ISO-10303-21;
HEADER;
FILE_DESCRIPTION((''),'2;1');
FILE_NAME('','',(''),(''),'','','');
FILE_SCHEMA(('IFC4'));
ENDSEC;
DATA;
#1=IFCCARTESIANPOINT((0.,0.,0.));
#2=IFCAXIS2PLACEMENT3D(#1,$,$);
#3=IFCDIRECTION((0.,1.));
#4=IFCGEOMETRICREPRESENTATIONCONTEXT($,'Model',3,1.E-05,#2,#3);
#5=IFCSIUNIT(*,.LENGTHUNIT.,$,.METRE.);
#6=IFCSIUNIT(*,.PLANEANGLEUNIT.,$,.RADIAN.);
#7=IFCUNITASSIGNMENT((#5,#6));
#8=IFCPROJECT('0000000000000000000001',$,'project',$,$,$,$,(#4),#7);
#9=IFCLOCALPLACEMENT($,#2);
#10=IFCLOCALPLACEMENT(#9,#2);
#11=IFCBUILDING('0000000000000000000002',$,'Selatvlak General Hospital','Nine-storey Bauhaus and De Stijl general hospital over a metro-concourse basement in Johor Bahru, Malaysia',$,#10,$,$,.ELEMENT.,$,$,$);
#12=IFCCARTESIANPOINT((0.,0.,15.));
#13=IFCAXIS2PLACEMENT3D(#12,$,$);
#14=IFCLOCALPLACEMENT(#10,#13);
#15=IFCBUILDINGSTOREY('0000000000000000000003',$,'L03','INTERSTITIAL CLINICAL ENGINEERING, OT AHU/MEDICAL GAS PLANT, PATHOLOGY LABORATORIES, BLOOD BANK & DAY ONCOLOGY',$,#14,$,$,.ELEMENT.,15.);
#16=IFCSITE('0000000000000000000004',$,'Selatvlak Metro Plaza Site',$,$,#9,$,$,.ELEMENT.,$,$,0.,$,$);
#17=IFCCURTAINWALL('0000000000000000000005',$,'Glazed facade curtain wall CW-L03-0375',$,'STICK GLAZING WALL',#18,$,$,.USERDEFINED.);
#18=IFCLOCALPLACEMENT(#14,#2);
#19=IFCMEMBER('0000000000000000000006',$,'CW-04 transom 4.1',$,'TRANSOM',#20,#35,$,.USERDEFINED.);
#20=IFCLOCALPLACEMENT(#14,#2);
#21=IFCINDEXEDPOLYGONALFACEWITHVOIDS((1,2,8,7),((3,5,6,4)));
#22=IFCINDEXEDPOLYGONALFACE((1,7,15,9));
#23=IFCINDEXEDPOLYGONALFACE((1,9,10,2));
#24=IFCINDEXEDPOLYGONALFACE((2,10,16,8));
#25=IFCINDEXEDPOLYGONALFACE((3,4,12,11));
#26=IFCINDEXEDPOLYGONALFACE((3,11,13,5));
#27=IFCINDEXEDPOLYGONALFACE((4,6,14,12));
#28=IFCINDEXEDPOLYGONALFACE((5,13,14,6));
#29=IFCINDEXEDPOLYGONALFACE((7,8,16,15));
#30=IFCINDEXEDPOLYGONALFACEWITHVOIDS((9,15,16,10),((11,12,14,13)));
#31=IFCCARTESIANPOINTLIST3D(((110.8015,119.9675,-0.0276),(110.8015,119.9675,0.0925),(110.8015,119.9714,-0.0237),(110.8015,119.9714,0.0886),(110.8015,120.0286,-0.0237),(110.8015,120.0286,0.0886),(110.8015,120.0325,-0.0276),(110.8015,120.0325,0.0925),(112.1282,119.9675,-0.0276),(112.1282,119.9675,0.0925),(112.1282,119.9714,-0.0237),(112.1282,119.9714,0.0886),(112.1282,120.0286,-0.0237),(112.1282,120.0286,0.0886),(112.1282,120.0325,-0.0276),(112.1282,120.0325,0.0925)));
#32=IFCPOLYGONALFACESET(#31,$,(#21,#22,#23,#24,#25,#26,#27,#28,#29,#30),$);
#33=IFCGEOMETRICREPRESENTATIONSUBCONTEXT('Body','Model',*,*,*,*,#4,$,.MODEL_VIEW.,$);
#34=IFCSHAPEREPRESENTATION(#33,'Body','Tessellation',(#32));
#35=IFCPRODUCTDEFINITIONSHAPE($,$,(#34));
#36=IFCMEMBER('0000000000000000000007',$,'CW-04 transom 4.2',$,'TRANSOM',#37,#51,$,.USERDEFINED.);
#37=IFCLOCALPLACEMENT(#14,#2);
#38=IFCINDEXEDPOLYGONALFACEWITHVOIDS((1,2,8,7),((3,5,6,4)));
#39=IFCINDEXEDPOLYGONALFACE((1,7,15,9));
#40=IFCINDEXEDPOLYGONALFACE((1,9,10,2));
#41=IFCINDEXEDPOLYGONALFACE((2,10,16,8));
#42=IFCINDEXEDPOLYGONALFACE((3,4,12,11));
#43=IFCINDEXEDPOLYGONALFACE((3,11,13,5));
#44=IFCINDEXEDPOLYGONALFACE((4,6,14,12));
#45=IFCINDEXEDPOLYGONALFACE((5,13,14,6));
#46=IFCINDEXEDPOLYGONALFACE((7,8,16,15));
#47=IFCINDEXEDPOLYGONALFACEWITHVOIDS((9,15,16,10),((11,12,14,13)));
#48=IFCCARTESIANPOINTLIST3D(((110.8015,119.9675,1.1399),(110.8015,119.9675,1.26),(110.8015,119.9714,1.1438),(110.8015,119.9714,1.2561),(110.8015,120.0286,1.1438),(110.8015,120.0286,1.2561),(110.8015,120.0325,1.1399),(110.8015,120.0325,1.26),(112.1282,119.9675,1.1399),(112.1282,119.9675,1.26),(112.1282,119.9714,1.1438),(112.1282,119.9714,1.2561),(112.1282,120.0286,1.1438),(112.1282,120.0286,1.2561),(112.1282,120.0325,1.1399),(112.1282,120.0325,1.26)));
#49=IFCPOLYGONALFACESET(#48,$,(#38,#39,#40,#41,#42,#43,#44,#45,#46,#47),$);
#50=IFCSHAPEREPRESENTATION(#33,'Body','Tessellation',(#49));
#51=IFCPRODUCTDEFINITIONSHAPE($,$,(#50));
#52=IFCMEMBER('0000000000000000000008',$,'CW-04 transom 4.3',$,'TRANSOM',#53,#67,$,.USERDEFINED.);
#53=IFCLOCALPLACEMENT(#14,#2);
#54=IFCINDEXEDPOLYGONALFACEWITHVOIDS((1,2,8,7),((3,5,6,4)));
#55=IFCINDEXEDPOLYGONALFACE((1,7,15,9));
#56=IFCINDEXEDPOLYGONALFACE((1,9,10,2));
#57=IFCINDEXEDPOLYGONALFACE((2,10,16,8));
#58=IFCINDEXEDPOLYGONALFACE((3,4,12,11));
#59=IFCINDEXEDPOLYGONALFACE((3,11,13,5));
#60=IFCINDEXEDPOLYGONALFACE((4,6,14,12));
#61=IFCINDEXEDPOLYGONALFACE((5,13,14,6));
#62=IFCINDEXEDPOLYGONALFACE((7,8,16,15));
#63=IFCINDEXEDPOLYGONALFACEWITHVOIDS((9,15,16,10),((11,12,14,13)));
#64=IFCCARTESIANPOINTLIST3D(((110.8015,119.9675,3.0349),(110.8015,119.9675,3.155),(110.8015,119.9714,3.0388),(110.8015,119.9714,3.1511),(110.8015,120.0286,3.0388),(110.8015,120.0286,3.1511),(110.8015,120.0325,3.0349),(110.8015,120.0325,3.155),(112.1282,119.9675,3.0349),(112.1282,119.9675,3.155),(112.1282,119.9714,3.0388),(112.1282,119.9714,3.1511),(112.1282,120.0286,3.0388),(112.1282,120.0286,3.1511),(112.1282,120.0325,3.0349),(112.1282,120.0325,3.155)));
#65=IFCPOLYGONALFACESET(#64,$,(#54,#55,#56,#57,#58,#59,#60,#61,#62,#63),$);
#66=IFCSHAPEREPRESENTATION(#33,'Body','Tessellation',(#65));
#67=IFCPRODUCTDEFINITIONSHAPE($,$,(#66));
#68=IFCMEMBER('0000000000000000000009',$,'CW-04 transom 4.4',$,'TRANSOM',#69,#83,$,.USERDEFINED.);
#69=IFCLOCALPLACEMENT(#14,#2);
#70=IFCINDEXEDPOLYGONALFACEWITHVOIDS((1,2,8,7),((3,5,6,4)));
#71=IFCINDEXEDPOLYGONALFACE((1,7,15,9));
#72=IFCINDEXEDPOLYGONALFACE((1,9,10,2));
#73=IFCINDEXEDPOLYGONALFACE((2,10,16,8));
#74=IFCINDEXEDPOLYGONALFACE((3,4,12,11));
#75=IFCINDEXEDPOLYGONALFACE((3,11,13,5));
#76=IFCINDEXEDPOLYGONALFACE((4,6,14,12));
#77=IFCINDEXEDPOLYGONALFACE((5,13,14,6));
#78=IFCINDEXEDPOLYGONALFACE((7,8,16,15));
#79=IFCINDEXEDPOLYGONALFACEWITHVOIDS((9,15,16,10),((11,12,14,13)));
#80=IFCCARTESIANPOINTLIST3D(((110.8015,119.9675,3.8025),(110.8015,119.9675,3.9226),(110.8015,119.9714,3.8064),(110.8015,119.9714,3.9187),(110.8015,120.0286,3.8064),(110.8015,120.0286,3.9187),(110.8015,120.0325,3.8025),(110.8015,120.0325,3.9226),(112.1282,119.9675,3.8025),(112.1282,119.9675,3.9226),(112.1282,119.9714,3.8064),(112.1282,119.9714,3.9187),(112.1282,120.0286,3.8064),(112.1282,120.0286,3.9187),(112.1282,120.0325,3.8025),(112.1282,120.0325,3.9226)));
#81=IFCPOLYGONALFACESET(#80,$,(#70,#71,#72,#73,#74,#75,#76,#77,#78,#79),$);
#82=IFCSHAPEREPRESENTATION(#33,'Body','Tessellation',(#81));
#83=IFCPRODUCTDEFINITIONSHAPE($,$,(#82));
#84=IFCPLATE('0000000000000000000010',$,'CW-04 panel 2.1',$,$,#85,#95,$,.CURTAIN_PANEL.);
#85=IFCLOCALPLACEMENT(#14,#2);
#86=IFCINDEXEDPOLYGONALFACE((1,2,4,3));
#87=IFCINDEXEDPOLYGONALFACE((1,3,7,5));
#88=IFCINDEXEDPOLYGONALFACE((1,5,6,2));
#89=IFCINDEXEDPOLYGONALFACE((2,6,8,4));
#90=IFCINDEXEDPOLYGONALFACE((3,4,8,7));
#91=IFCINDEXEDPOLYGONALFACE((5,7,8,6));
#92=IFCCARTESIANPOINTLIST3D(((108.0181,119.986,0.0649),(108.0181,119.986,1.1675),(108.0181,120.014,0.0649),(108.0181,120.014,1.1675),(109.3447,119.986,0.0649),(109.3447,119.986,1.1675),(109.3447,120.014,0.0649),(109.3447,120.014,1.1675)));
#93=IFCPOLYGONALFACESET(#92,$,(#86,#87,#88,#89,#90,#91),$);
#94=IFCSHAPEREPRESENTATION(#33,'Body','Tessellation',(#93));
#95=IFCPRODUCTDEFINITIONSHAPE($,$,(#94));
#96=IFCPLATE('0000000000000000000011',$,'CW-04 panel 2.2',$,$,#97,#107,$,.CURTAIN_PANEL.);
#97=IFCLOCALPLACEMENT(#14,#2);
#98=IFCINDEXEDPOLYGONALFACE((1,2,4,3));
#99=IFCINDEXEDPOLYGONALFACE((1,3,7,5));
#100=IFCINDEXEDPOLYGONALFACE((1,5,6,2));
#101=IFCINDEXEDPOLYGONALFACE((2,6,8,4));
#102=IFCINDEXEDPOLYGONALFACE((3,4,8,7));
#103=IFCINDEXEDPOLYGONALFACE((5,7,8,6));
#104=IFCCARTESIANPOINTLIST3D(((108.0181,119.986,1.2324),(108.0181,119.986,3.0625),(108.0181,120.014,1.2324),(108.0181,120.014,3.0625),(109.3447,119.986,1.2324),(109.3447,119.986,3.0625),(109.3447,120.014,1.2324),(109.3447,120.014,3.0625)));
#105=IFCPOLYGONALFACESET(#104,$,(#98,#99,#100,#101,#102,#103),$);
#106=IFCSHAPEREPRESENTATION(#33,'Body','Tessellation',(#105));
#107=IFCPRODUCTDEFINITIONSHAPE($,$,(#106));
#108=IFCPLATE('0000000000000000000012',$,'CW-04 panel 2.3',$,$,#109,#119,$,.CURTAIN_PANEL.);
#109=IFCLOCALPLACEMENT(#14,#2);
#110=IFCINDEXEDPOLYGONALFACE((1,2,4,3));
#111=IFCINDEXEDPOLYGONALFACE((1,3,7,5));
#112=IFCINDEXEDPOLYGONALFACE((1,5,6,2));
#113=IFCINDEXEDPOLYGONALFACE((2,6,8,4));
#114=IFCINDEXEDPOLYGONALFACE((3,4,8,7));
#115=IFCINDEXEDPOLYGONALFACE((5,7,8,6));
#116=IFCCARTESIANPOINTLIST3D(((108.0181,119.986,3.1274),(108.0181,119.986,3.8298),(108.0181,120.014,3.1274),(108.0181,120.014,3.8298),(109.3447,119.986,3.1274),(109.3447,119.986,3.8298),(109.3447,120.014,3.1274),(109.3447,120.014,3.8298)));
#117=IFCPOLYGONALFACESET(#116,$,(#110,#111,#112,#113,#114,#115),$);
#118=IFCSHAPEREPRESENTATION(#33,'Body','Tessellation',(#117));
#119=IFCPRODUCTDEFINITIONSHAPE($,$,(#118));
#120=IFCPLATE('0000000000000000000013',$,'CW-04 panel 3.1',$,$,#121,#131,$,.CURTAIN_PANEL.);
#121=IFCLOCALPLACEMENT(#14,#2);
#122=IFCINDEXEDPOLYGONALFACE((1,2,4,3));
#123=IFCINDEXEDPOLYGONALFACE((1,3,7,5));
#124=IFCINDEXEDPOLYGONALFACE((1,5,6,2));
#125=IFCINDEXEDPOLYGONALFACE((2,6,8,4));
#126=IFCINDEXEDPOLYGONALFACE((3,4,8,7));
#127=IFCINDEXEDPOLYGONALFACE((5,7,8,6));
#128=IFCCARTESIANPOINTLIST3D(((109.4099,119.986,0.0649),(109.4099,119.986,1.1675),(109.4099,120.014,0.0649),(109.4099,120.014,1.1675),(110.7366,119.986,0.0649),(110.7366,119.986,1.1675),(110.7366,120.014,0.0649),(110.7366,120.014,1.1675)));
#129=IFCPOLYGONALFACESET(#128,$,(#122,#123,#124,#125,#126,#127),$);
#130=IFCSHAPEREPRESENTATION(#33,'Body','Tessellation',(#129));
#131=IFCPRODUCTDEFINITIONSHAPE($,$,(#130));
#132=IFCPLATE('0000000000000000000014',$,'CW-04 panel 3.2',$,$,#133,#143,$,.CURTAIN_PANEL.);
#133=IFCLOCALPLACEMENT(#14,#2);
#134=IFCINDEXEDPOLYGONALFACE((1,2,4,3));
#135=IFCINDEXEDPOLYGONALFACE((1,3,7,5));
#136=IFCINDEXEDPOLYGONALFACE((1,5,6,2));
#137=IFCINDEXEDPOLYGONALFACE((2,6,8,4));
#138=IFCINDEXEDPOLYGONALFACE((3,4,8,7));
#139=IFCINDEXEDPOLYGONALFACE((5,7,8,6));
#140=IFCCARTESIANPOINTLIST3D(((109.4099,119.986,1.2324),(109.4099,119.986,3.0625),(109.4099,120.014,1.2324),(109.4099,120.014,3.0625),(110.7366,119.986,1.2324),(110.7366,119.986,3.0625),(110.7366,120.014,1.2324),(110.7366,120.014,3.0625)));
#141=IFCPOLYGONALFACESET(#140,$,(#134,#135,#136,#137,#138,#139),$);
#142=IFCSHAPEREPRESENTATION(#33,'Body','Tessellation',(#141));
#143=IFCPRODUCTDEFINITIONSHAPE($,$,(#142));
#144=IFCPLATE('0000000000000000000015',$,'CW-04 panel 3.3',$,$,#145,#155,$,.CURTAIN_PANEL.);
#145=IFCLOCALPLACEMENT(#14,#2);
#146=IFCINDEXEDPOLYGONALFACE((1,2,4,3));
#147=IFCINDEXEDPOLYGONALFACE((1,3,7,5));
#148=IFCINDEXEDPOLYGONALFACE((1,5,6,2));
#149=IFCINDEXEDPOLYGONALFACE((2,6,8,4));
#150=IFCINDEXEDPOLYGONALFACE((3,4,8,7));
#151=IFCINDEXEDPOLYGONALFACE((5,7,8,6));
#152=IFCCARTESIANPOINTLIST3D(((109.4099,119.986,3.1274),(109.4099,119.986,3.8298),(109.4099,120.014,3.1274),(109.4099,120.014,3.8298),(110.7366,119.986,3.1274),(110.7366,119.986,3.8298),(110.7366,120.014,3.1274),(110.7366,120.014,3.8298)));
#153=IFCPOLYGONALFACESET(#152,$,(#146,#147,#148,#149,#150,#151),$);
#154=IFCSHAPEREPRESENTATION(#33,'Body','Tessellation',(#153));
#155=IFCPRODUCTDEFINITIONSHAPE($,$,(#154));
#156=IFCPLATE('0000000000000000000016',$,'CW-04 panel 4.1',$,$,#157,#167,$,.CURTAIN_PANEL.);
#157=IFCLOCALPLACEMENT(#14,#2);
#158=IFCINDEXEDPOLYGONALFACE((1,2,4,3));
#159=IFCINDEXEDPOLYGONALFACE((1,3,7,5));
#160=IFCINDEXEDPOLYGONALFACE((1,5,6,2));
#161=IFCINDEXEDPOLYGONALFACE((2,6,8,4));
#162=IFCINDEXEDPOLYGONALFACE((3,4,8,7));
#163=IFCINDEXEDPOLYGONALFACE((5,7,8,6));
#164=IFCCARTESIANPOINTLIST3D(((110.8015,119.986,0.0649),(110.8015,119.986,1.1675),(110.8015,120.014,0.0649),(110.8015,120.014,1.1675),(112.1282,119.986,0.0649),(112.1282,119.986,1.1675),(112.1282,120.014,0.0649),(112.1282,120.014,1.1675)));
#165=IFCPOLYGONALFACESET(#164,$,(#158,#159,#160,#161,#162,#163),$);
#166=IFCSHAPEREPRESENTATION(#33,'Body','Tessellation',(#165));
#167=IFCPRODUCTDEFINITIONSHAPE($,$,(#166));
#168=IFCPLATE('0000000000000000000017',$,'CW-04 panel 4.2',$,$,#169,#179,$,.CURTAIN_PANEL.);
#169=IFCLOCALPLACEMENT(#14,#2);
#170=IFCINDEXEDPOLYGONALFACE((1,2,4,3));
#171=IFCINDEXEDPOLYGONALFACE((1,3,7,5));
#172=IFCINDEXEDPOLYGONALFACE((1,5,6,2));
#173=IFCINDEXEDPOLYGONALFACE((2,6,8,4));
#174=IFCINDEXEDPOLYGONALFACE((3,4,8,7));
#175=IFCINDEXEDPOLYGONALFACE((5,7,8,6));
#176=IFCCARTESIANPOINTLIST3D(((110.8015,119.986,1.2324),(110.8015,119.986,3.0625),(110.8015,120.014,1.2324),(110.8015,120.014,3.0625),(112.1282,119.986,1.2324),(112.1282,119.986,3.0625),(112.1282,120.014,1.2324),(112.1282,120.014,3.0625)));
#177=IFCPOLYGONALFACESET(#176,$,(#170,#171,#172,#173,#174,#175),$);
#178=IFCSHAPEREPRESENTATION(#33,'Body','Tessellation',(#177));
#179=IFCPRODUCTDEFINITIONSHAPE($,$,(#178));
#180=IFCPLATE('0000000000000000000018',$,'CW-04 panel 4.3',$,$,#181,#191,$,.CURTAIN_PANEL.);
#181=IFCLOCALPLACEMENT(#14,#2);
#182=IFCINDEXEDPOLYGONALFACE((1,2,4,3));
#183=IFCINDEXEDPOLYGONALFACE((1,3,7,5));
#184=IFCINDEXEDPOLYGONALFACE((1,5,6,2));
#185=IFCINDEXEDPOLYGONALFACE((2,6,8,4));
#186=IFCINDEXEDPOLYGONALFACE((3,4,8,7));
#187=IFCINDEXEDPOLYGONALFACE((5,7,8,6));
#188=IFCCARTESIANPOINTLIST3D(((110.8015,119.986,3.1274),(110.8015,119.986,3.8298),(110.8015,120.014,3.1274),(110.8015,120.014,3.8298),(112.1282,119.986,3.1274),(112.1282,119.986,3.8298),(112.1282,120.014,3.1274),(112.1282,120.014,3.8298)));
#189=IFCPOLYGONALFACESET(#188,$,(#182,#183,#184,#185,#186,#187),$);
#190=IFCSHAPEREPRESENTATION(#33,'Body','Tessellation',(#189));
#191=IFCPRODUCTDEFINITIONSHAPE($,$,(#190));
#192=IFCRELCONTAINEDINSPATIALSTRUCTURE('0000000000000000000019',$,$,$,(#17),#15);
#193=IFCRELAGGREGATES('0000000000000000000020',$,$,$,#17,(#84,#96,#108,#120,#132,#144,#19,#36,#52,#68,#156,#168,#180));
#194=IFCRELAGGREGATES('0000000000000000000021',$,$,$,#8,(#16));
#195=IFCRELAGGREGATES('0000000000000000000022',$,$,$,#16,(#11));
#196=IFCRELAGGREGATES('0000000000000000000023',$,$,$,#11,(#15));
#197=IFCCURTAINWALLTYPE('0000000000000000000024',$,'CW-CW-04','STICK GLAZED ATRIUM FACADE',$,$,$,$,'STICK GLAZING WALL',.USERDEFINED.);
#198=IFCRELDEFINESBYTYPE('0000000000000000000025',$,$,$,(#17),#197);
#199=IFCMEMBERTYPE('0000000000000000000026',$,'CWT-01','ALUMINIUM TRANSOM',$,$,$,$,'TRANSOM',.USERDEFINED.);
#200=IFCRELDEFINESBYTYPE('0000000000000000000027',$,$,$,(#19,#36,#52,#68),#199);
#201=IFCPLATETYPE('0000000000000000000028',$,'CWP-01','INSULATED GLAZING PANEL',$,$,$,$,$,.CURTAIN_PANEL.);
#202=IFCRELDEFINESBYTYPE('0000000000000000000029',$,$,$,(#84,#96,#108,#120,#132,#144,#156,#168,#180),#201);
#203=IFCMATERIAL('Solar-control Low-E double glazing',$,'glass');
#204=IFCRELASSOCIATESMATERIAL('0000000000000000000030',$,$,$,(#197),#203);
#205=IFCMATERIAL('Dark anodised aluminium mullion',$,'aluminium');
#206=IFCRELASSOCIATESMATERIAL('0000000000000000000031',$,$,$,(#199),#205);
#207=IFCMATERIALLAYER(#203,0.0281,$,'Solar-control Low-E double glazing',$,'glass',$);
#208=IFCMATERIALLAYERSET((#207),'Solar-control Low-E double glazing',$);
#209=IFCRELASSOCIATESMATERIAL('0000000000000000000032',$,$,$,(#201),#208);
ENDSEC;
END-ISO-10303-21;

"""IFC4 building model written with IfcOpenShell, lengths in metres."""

from ifc_helpers import new_model, si_unit, direction, frame, origin, origin_2d, place, context, subcontext, project, spatial, rectangle, hollow_rectangle, extrude, material, layer, layer_set, material_profile, profile_set, type_object, element, aggregate, save


model = new_model("IFC4")

# Units and contexts
model_context = context("Model", 3, precision=1e-05, world=origin(), true_north=direction((0.0, 1.0)))
body_context = subcontext(model_context, "Body", "Model", "MODEL_VIEW")
ifc_project = project(units=[si_unit("LENGTHUNIT", "METRE"), si_unit("PLANEANGLEUNIT", "RADIAN")], contexts=[model_context])

# Site, building, storey
site_placement = place(None, origin())
site = spatial("IfcSite", under=ifc_project, at=site_placement, Name="Selatvlak Metro Plaza Site", CompositionType="ELEMENT", RefElevation=0.0)
building_placement = place(site_placement, origin())
building = spatial("IfcBuilding", under=site, at=building_placement, Name="Selatvlak General Hospital", Description="Nine-storey Bauhaus and De Stijl general hospital over a metro-concourse basement in Johor Bahru, Malaysia", CompositionType="ELEMENT")
storey_placement = place(building_placement, frame((0.0, 0.0, 15.0)))
storey = spatial("IfcBuildingStorey", under=building, at=storey_placement, Name="L03", Description="INTERSTITIAL CLINICAL ENGINEERING, OT AHU/MEDICAL GAS PLANT, PATHOLOGY LABORATORIES, BLOOD BANK & DAY ONCOLOGY", CompositionType="ELEMENT", Elevation=15.0)

# Curtain wall, members, plates
ifc_material_1 = material(Name="Solar-control Low-E double glazing", Category="glass")
curtain_wall_type = type_object("IfcCurtainWallType", Name="CW-CW-04", Description="STICK GLAZED ATRIUM FACADE", ElementType="STICK GLAZING WALL", PredefinedType="USERDEFINED", material=ifc_material_1)
curtain_wall_placement = place(storey_placement, origin())
curtain_wall = element("IfcCurtainWall", 1, at=curtain_wall_placement, inside=storey, type_object=curtain_wall_type, Name="Glazed facade curtain wall CW-L03-0375", ObjectType="STICK GLAZING WALL", PredefinedType="USERDEFINED")
ifc_material_2 = material(Name="Dark anodised aluminium mullion", Category="aluminium")
ifc_material_profile_1 = material_profile(ifc_material_2, hollow_rectangle(XDim=0.0649, YDim=0.1201, WallThickness=0.0039, at=origin_2d()), Name="AL-TRN 65x120x4")
ifc_profile_set_1 = profile_set([ifc_material_profile_1], Name="Dark anodised aluminium mullion")
member_type_1 = type_object("IfcMemberType", Name="CWT-01", Description="ALUMINIUM TRANSOM", ElementType="TRANSOM", PredefinedType="USERDEFINED", material=ifc_profile_set_1)
member_1_placement = place(storey_placement, frame((110.8015, 120.0, 0.0325), z_axis=(1.0, 0.0, 0.0), x_axis=(0.0, 1.0, 0.0)))
member_1 = element("IfcMember", 2, at=member_1_placement, type_object=member_type_1, Name="CW-04 transom 4.1", ObjectType="TRANSOM", PredefinedType="USERDEFINED", context=body_context, shape_type="SweptSolid", body=[
    extrude(hollow_rectangle(XDim=0.0649, YDim=0.1201, WallThickness=0.0039, at=origin_2d()), origin(), (0.0, 0.0, 1.0), 1.3267),
])
member_2_placement = place(storey_placement, frame((110.8015, 120.0, 1.2), z_axis=(1.0, 0.0, 0.0), x_axis=(0.0, 1.0, 0.0)))
member_2 = element("IfcMember", 3, at=member_2_placement, type_object=member_type_1, Name="CW-04 transom 4.2", ObjectType="TRANSOM", PredefinedType="USERDEFINED", context=body_context, shape_type="SweptSolid", body=[
    extrude(hollow_rectangle(XDim=0.0649, YDim=0.1201, WallThickness=0.0039, at=origin_2d()), origin(), (0.0, 0.0, 1.0), 1.3267),
])
member_3_placement = place(storey_placement, frame((110.8015, 120.0, 3.095), z_axis=(1.0, 0.0, 0.0), x_axis=(0.0, 1.0, 0.0)))
member_3 = element("IfcMember", 4, at=member_3_placement, type_object=member_type_1, Name="CW-04 transom 4.3", ObjectType="TRANSOM", PredefinedType="USERDEFINED", context=body_context, shape_type="SweptSolid", body=[
    extrude(hollow_rectangle(XDim=0.0649, YDim=0.1201, WallThickness=0.0039, at=origin_2d()), origin(), (0.0, 0.0, 1.0), 1.3267),
])
member_4_placement = place(storey_placement, frame((110.8015, 120.0, 3.8625), z_axis=(1.0, 0.0, 0.0), x_axis=(0.0, 1.0, 0.0)))
member_4 = element("IfcMember", 5, at=member_4_placement, type_object=member_type_1, Name="CW-04 transom 4.4", ObjectType="TRANSOM", PredefinedType="USERDEFINED", context=body_context, shape_type="SweptSolid", body=[
    extrude(hollow_rectangle(XDim=0.0649, YDim=0.1201, WallThickness=0.0039, at=origin_2d()), origin(), (0.0, 0.0, 1.0), 1.3267),
])
ifc_layer_1 = layer(ifc_material_1, 0.0281, Name="Solar-control Low-E double glazing", Category="glass")
ifc_layer_set_1 = layer_set([ifc_layer_1], Name="Solar-control Low-E double glazing")
plate_type = type_object("IfcPlateType", Name="CWP-01", Description="INSULATED GLAZING PANEL", PredefinedType="CURTAIN_PANEL", material=ifc_layer_set_1)
plate_1_placement = place(storey_placement, frame((108.6814, 120.0, 0.0649), z_axis=(0.0, 0.0, 1.0), x_axis=(1.0, 0.0, 0.0)))
plate_1 = element("IfcPlate", 6, at=plate_1_placement, type_object=plate_type, Name="CW-04 panel 2.1", PredefinedType="CURTAIN_PANEL", context=body_context, shape_type="SweptSolid", body=[
    extrude(rectangle(XDim=1.3267, YDim=0.0281, at=origin_2d()), origin(), (0.0, 0.0, 1.0), 1.1025),
])
plate_2_placement = place(storey_placement, frame((108.6814, 120.0, 1.2324), z_axis=(0.0, 0.0, 1.0), x_axis=(1.0, 0.0, 0.0)))
plate_2 = element("IfcPlate", 7, at=plate_2_placement, type_object=plate_type, Name="CW-04 panel 2.2", PredefinedType="CURTAIN_PANEL", context=body_context, shape_type="SweptSolid", body=[
    extrude(rectangle(XDim=1.3267, YDim=0.0281, at=origin_2d()), origin(), (0.0, 0.0, 1.0), 1.8301),
])
plate_3_placement = place(storey_placement, frame((108.6814, 120.0, 3.1274), z_axis=(0.0, 0.0, 1.0), x_axis=(1.0, 0.0, 0.0)))
plate_3 = element("IfcPlate", 8, at=plate_3_placement, type_object=plate_type, Name="CW-04 panel 2.3", PredefinedType="CURTAIN_PANEL", context=body_context, shape_type="SweptSolid", body=[
    extrude(rectangle(XDim=1.3267, YDim=0.0281, at=origin_2d()), origin(), (0.0, 0.0, 1.0), 0.7024),
])
plate_4_placement = place(storey_placement, frame((110.0732, 120.0, 0.0649), z_axis=(0.0, 0.0, 1.0), x_axis=(1.0, 0.0, 0.0)))
plate_4 = element("IfcPlate", 9, at=plate_4_placement, type_object=plate_type, Name="CW-04 panel 3.1", PredefinedType="CURTAIN_PANEL", context=body_context, shape_type="SweptSolid", body=[
    extrude(rectangle(XDim=1.3267, YDim=0.0281, at=origin_2d()), origin(), (0.0, 0.0, 1.0), 1.1025),
])
plate_5_placement = place(storey_placement, frame((110.0732, 120.0, 1.2324), z_axis=(0.0, 0.0, 1.0), x_axis=(1.0, 0.0, 0.0)))
plate_5 = element("IfcPlate", 10, at=plate_5_placement, type_object=plate_type, Name="CW-04 panel 3.2", PredefinedType="CURTAIN_PANEL", context=body_context, shape_type="SweptSolid", body=[
    extrude(rectangle(XDim=1.3267, YDim=0.0281, at=origin_2d()), origin(), (0.0, 0.0, 1.0), 1.8301),
])
plate_6_placement = place(storey_placement, frame((110.0732, 120.0, 3.1274), z_axis=(0.0, 0.0, 1.0), x_axis=(1.0, 0.0, 0.0)))
plate_6 = element("IfcPlate", 11, at=plate_6_placement, type_object=plate_type, Name="CW-04 panel 3.3", PredefinedType="CURTAIN_PANEL", context=body_context, shape_type="SweptSolid", body=[
    extrude(rectangle(XDim=1.3267, YDim=0.0281, at=origin_2d()), origin(), (0.0, 0.0, 1.0), 0.7024),
])
plate_7_placement = place(storey_placement, frame((111.4648, 120.0, 0.0649), z_axis=(0.0, 0.0, 1.0), x_axis=(1.0, 0.0, 0.0)))
plate_7 = element("IfcPlate", 12, at=plate_7_placement, type_object=plate_type, Name="CW-04 panel 4.1", PredefinedType="CURTAIN_PANEL", context=body_context, shape_type="SweptSolid", body=[
    extrude(rectangle(XDim=1.3267, YDim=0.0281, at=origin_2d()), origin(), (0.0, 0.0, 1.0), 1.1025),
])
plate_8_placement = place(storey_placement, frame((111.4648, 120.0, 1.2324), z_axis=(0.0, 0.0, 1.0), x_axis=(1.0, 0.0, 0.0)))
plate_8 = element("IfcPlate", 13, at=plate_8_placement, type_object=plate_type, Name="CW-04 panel 4.2", PredefinedType="CURTAIN_PANEL", context=body_context, shape_type="SweptSolid", body=[
    extrude(rectangle(XDim=1.3267, YDim=0.0281, at=origin_2d()), origin(), (0.0, 0.0, 1.0), 1.8301),
])
plate_9_placement = place(storey_placement, frame((111.4648, 120.0, 3.1274), z_axis=(0.0, 0.0, 1.0), x_axis=(1.0, 0.0, 0.0)))
plate_9 = element("IfcPlate", 14, at=plate_9_placement, type_object=plate_type, Name="CW-04 panel 4.3", PredefinedType="CURTAIN_PANEL", context=body_context, shape_type="SweptSolid", body=[
    extrude(rectangle(XDim=1.3267, YDim=0.0281, at=origin_2d()), origin(), (0.0, 0.0, 1.0), 0.7024),
])
aggregate(curtain_wall, [plate_1, plate_2, plate_3, plate_4, plate_5, plate_6, member_1, member_2, member_3, member_4, plate_7, plate_8, plate_9])

save(model, "model.ifc")
